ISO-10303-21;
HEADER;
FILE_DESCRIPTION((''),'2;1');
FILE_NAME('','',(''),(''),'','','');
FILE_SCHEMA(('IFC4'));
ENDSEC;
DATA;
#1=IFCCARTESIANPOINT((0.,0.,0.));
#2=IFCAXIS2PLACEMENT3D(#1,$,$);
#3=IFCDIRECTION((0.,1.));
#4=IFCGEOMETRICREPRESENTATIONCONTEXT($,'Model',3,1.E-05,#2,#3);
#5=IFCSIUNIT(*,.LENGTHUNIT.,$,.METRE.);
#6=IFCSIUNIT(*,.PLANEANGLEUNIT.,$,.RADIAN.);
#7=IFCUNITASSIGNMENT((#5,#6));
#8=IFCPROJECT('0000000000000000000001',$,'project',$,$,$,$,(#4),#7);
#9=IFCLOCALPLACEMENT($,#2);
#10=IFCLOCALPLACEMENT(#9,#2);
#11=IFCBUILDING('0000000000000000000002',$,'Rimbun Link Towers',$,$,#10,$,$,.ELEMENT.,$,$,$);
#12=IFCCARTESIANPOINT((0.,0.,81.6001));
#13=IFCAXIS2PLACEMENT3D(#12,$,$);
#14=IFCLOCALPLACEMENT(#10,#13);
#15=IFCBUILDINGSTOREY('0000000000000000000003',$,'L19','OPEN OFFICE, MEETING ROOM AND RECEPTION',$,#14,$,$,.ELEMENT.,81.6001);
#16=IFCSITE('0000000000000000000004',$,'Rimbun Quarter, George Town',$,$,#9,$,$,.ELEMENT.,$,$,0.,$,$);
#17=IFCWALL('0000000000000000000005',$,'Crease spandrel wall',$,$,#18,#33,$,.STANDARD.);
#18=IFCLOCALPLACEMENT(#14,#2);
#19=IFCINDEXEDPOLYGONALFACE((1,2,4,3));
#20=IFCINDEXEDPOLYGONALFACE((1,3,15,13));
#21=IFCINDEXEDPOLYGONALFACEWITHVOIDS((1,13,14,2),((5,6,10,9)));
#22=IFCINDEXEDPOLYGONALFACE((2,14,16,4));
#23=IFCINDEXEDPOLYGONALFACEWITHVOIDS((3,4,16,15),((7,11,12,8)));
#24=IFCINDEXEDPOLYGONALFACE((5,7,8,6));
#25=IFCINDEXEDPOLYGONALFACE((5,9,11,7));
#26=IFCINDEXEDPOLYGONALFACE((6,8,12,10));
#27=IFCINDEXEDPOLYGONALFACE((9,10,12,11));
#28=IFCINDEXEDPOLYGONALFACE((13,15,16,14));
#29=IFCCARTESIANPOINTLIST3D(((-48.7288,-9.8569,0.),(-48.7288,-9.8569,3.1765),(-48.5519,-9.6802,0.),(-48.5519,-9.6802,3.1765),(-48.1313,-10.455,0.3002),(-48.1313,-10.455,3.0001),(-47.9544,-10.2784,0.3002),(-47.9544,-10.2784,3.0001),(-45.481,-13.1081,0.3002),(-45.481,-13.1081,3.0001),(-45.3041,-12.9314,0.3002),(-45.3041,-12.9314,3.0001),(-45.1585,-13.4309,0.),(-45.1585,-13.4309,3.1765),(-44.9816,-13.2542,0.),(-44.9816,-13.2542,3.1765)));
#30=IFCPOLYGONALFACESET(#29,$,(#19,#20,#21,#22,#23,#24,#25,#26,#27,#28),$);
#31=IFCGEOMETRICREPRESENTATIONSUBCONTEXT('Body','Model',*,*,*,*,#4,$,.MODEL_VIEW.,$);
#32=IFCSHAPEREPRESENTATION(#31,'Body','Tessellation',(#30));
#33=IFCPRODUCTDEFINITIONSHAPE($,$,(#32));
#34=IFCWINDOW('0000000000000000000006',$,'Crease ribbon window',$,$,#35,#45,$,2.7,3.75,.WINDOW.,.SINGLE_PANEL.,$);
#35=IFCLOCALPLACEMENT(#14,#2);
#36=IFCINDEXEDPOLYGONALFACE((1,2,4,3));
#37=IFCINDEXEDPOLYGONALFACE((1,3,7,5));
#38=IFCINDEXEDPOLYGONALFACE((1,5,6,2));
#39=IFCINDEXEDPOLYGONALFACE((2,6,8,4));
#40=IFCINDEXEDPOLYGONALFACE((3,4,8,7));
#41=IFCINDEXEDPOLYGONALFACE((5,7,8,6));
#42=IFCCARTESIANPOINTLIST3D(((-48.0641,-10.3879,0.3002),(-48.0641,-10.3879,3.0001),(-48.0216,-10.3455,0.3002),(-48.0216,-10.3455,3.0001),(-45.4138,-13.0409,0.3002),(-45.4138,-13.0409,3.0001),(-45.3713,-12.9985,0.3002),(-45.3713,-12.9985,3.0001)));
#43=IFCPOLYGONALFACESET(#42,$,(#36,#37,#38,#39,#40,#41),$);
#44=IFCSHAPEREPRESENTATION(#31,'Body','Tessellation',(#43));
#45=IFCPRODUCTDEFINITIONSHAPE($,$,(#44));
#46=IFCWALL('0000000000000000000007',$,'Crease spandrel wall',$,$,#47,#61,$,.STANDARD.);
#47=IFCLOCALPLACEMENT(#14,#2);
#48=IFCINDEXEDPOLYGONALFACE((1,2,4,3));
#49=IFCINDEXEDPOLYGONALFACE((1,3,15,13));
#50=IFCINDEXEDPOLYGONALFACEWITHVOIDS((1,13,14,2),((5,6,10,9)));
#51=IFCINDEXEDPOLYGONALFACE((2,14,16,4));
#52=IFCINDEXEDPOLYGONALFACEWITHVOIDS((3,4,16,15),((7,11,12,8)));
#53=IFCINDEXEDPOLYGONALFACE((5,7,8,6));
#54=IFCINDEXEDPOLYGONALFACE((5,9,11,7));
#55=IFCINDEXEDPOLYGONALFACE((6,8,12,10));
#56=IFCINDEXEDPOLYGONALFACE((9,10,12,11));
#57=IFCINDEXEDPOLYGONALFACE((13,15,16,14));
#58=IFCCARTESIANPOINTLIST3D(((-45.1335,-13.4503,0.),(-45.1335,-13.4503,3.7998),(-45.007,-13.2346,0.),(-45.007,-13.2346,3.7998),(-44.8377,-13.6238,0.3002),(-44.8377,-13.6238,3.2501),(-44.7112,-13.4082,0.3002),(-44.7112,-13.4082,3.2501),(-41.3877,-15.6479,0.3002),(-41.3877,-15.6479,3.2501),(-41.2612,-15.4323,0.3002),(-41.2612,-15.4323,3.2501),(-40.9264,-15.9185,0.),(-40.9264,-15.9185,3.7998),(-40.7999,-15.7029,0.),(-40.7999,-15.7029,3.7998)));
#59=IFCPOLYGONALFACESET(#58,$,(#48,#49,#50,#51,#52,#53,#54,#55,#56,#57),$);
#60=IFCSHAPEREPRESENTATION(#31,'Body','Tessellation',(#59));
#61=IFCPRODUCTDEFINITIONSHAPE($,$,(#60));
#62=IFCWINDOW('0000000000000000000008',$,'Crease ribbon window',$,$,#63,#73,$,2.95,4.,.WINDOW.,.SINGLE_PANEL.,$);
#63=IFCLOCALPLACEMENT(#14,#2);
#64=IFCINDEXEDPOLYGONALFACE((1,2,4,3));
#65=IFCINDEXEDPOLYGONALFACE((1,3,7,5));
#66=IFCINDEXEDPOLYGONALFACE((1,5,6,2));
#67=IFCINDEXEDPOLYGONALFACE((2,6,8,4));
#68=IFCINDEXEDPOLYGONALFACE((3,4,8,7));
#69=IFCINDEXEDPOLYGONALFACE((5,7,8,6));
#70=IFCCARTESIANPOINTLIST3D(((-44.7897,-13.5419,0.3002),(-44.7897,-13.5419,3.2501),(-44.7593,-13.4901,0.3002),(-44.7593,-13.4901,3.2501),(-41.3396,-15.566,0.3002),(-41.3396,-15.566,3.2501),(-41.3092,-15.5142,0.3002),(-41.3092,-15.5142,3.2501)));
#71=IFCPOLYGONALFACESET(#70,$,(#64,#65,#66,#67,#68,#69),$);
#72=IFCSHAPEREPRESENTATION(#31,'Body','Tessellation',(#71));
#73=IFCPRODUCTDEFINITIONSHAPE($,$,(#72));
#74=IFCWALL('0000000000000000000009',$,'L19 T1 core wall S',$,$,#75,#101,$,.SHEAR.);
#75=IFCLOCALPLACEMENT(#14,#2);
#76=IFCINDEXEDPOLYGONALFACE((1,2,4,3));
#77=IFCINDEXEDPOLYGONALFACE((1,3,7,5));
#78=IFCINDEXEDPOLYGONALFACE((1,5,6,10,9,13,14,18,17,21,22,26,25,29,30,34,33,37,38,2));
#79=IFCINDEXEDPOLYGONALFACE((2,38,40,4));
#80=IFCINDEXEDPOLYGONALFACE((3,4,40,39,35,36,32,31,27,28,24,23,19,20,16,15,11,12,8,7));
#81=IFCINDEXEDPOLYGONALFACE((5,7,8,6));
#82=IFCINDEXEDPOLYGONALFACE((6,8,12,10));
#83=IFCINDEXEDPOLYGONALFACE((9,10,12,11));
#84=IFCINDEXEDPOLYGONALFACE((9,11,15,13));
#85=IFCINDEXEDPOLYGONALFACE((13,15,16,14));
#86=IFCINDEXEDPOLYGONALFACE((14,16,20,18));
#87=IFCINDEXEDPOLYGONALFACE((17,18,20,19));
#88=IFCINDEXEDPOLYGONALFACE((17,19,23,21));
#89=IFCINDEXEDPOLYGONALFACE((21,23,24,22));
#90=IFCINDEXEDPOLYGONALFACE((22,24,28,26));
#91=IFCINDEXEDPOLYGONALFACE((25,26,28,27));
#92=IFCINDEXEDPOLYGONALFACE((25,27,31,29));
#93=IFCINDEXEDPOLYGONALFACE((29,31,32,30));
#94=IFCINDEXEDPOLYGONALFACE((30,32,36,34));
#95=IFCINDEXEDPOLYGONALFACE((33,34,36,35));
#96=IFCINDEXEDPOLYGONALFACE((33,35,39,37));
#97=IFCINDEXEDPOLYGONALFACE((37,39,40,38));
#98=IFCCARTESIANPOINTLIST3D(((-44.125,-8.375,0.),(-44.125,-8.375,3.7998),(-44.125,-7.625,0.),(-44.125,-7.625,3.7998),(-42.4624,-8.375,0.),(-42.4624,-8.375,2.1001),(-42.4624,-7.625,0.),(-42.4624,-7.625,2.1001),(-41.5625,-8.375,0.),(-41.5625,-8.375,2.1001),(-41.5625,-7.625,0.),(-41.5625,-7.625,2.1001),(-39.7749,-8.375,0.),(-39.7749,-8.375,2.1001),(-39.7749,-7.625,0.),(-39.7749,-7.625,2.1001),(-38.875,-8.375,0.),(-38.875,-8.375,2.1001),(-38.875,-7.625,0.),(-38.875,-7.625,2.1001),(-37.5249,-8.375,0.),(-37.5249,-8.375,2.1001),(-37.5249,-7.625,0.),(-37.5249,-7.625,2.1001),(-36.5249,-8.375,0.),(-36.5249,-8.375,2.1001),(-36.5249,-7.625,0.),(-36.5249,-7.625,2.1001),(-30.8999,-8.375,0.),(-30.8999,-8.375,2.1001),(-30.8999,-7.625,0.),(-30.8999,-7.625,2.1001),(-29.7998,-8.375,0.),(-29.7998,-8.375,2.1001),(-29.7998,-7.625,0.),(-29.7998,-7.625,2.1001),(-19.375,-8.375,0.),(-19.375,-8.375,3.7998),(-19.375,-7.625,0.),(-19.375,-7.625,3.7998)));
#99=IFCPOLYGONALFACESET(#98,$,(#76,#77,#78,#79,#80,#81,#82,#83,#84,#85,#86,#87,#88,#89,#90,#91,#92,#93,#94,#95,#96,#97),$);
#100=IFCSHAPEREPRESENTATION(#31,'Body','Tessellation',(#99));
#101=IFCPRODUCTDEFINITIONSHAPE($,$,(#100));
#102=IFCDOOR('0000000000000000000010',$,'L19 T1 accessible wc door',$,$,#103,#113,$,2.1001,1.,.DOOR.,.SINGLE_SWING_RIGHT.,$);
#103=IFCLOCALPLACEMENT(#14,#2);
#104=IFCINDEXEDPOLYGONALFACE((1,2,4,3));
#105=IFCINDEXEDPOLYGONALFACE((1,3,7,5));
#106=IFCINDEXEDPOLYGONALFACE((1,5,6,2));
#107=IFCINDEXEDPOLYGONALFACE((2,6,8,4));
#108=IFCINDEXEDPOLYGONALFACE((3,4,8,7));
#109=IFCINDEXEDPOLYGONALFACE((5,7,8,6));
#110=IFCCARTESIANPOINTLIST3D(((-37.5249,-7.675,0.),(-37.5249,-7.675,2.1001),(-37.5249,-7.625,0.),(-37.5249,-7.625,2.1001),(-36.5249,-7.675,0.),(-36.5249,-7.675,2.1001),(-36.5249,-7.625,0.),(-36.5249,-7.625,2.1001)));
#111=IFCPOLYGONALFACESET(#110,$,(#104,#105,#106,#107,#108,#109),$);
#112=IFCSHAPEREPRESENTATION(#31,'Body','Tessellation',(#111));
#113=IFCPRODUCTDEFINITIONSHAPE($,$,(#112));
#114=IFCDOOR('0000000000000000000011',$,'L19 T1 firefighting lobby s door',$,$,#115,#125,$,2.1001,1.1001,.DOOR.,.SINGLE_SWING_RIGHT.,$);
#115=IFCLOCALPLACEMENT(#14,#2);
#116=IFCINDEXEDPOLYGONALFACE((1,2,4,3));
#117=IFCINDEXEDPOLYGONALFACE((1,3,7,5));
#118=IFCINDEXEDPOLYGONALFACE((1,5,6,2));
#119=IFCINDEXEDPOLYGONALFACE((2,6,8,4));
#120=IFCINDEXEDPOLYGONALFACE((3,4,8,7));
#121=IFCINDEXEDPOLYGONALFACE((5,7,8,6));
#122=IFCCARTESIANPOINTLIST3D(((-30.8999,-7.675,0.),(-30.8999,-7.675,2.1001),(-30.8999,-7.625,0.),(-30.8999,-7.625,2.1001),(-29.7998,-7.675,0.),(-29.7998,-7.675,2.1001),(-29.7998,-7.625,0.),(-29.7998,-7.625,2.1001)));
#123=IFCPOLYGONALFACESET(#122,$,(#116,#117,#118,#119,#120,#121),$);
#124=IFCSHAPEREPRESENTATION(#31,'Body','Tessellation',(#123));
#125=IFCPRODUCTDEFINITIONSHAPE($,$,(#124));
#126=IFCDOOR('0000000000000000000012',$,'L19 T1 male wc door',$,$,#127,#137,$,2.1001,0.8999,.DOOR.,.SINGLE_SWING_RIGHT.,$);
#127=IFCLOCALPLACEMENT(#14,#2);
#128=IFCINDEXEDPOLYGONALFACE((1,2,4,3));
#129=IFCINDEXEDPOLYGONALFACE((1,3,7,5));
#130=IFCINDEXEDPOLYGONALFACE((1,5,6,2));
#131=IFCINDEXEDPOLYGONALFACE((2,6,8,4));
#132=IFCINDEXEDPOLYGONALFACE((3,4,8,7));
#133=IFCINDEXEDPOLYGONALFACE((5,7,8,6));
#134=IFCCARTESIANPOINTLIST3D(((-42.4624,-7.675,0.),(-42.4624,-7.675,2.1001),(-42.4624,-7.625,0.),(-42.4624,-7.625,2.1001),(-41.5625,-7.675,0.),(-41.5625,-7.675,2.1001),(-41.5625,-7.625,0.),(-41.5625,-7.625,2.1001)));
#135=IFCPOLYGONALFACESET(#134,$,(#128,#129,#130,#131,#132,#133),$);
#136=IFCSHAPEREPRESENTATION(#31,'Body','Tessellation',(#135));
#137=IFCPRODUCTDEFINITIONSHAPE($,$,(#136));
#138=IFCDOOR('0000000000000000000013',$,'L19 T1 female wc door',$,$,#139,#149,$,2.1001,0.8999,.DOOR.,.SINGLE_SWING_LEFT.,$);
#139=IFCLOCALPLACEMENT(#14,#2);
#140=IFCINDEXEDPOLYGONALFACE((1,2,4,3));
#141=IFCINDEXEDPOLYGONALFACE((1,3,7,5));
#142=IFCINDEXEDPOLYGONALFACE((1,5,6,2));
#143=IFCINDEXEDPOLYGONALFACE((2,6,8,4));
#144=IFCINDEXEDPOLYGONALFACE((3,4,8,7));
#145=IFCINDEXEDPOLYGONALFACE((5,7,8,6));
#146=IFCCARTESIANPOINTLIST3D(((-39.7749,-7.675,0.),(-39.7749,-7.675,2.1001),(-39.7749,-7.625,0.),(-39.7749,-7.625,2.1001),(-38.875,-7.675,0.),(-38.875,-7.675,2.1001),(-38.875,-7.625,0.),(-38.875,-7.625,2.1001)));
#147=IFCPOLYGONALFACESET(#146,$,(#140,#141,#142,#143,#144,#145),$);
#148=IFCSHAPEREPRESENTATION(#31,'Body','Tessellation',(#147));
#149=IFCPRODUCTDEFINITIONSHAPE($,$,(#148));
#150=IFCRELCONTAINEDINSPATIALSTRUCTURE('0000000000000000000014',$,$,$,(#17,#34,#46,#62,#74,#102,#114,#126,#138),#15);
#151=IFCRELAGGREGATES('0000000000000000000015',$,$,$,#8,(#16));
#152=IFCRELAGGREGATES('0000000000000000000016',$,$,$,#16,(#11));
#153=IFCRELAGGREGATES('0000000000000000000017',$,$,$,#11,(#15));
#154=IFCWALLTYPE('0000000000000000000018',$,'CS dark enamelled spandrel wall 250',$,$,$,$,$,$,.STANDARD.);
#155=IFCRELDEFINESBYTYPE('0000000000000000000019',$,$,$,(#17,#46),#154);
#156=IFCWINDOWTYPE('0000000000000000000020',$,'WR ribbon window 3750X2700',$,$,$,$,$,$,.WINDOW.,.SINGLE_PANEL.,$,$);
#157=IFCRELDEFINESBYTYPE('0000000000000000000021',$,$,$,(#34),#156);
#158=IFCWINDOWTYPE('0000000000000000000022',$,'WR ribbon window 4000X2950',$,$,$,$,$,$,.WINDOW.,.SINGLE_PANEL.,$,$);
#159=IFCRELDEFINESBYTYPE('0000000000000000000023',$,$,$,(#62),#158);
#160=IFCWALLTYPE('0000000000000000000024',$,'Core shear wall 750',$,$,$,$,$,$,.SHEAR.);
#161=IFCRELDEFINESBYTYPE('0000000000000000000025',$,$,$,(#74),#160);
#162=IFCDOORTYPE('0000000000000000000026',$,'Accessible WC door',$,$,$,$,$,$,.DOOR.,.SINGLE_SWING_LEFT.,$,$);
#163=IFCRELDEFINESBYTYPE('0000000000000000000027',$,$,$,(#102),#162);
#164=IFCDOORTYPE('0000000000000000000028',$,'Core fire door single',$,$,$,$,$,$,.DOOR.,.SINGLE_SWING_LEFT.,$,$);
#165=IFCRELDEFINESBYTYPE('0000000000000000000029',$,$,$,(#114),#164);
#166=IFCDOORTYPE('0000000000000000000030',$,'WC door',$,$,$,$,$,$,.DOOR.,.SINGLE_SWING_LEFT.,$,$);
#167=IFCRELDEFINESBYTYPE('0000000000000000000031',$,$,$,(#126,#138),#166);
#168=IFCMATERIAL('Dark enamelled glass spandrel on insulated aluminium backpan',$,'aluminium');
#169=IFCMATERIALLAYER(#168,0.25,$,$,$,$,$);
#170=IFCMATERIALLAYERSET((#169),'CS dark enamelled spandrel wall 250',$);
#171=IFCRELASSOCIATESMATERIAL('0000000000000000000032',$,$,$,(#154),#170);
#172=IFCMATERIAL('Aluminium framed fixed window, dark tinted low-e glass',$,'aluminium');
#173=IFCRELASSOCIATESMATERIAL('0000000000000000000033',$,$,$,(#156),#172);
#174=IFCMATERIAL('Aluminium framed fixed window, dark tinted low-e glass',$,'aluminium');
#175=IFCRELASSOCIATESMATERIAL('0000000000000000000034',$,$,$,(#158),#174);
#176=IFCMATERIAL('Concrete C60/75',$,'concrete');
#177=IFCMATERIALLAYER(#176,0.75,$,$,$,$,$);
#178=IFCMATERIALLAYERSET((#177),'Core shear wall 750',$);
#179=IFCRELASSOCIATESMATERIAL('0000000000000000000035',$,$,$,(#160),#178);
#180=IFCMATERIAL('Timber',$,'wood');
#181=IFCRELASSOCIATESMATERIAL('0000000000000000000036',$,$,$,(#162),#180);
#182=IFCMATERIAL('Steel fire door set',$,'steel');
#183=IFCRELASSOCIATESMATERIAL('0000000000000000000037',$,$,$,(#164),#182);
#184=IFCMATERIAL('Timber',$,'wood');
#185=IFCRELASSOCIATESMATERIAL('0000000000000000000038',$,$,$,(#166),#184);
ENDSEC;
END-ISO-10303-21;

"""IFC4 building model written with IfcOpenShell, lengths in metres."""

from ifc_helpers import new_model, si_unit, direction, frame, frame_2d, origin, place, context, subcontext, project, spatial, rectangle, extrude, material, layer, layer_set, type_object, element, fill, save


model = new_model("IFC4")

# Units and contexts
model_context = context("Model", 3, precision=1e-05, world=origin(), true_north=direction((0.0, 1.0)))
body_context = subcontext(model_context, "Body", "Model", "MODEL_VIEW")
ifc_project = project(units=[si_unit("LENGTHUNIT", "METRE"), si_unit("PLANEANGLEUNIT", "RADIAN")], contexts=[model_context])

# Site, building, storey
site_placement = place(None, origin())
site = spatial("IfcSite", under=ifc_project, at=site_placement, Name="Rimbun Quarter, George Town", CompositionType="ELEMENT", RefElevation=0.0)
building_placement = place(site_placement, origin())
building = spatial("IfcBuilding", under=site, at=building_placement, Name="Rimbun Link Towers", CompositionType="ELEMENT")
storey_placement = place(building_placement, frame((0.0, 0.0, 81.6001)))
storey = spatial("IfcBuildingStorey", under=building, at=storey_placement, Name="L19", Description="OPEN OFFICE, MEETING ROOM AND RECEPTION", CompositionType="ELEMENT", Elevation=81.6001)

# Walls, openings, windows
ifc_material_1 = material(Name="Dark enamelled glass spandrel on insulated aluminium backpan", Category="aluminium")
ifc_layer_1 = layer(ifc_material_1, 0.25)
ifc_layer_set_1 = layer_set([ifc_layer_1], Name="CS dark enamelled spandrel wall 250")
wall_type_1 = type_object("IfcWallType", Name="CS dark enamelled spandrel wall 250", PredefinedType="STANDARD", material=ifc_layer_set_1)
wall_1_placement = place(storey_placement, frame((-45.0701, -13.3425, 0.0), z_axis=(0.0, 0.0, 1.0), x_axis=(-0.706744, 0.707469, 0.0)))
wall_1 = element("IfcWall", 1, at=wall_1_placement, inside=storey, type_object=wall_type_1, Name="Crease spandrel wall", PredefinedType="STANDARD", context=body_context, shape_type="SweptSolid", body=[
    extrude(rectangle(XDim=5.0518, YDim=0.25, at=frame_2d((2.5259, 0.0))), origin(), (0.0, 0.0, 1.0), 3.1765),
])
opening_1_placement = place(wall_1_placement, frame((0.4563, 0.0, 0.3)))
opening_1 = element("IfcOpeningElement", 2, at=opening_1_placement, cuts=wall_1, PredefinedType="OPENING", context=body_context, shape_type="SweptSolid", body=[
    extrude(rectangle(XDim=3.75, YDim=2.7, at=frame_2d((1.875, 1.3501))), frame((0.0, 0.135, 0.0), z_axis=(0.0, -1.0, 0.0), x_axis=(1.0, 0.0, 0.0)), (0.0, 0.0, 1.0), 0.27),
])
ifc_material_2 = material(Name="Aluminium framed fixed window, dark tinted low-e glass", Category="aluminium")
window_type_1 = type_object("IfcWindowType", Name="WR ribbon window 3750X2700", PartitioningType="SINGLE_PANEL", PredefinedType="WINDOW", material=ifc_material_2)
window_1_placement = place(opening_1_placement, origin())
window_1 = element("IfcWindow", 3, at=window_1_placement, inside=storey, type_object=window_type_1, Name="Crease ribbon window", OverallHeight=2.7, OverallWidth=3.75, PartitioningType="SINGLE_PANEL", PredefinedType="WINDOW", context=body_context, shape_type="SweptSolid", body=[
    extrude(rectangle(XDim=3.75, YDim=2.7, at=frame_2d((1.875, 1.3501))), frame((0.0, 0.03, 0.0), z_axis=(0.0, -1.0, 0.0), x_axis=(1.0, 0.0, 0.0)), (0.0, 0.0, 1.0), 0.0601),
])
fill(opening_1, window_1)
wall_2_placement = place(storey_placement, frame((-40.863, -15.8108, 0.0), z_axis=(0.0, 0.0, 1.0), x_axis=(-0.862513, 0.506035, 0.0)))
wall_2 = element("IfcWall", 4, at=wall_2_placement, inside=storey, type_object=wall_type_1, Name="Crease spandrel wall", PredefinedType="STANDARD", context=body_context, shape_type="SweptSolid", body=[
    extrude(rectangle(XDim=4.8777, YDim=0.25, at=frame_2d((2.439, 0.0))), origin(), (0.0, 0.0, 1.0), 3.7998),
])
opening_2_placement = place(wall_2_placement, frame((0.5349, 0.0, 0.3)))
opening_2 = element("IfcOpeningElement", 5, at=opening_2_placement, cuts=wall_2, PredefinedType="OPENING", context=body_context, shape_type="SweptSolid", body=[
    extrude(rectangle(XDim=4.0, YDim=2.95, at=frame_2d((2.0, 1.4751))), frame((0.0, 0.135, 0.0), z_axis=(0.0, -1.0, 0.0), x_axis=(1.0, 0.0, 0.0)), (0.0, 0.0, 1.0), 0.27),
])
ifc_material_3 = material(Name="Aluminium framed fixed window, dark tinted low-e glass", Category="aluminium")
window_type_2 = type_object("IfcWindowType", Name="WR ribbon window 4000X2950", PartitioningType="SINGLE_PANEL", PredefinedType="WINDOW", material=ifc_material_3)
window_2_placement = place(opening_2_placement, origin())
window_2 = element("IfcWindow", 6, at=window_2_placement, inside=storey, type_object=window_type_2, Name="Crease ribbon window", OverallHeight=2.95, OverallWidth=4.0, PartitioningType="SINGLE_PANEL", PredefinedType="WINDOW", context=body_context, shape_type="SweptSolid", body=[
    extrude(rectangle(XDim=4.0, YDim=2.95, at=frame_2d((2.0, 1.4751))), frame((0.0, 0.03, 0.0), z_axis=(0.0, -1.0, 0.0), x_axis=(1.0, 0.0, 0.0)), (0.0, 0.0, 1.0), 0.0601),
])
fill(opening_2, window_2)

# Wall, openings, doors
ifc_material_4 = material(Name="Concrete C60/75", Category="concrete")
ifc_layer_2 = layer(ifc_material_4, 0.75)
ifc_layer_set_2 = layer_set([ifc_layer_2], Name="Core shear wall 750")
wall_type_2 = type_object("IfcWallType", Name="Core shear wall 750", PredefinedType="SHEAR", material=ifc_layer_set_2)
wall_3_placement = place(storey_placement, frame((-44.125, -8.0, 0.0), z_axis=(0.0, 0.0, 1.0), x_axis=(1.0, 0.0, 0.0)))
wall_3 = element("IfcWall", 7, at=wall_3_placement, inside=storey, type_object=wall_type_2, Name="L19 T1 core wall S", PredefinedType="SHEAR", context=body_context, shape_type="SweptSolid", body=[
    extrude(rectangle(XDim=24.75, YDim=0.75, at=frame_2d((12.375, 0.0))), origin(), (0.0, 0.0, 1.0), 3.7998),
])
opening_3_placement = place(wall_3_placement, frame((13.2251, 0.0, 0.0)))
opening_3 = element("IfcOpeningElement", 8, at=opening_3_placement, cuts=wall_3, PredefinedType="OPENING", context=body_context, shape_type="SweptSolid", body=[
    extrude(rectangle(XDim=1.1001, YDim=2.1001, at=frame_2d((0.55, 1.05))), frame((0.0, 0.385, 0.0), z_axis=(0.0, -1.0, 0.0), x_axis=(1.0, 0.0, 0.0)), (0.0, 0.0, 1.0), 0.77),
])
opening_4_placement = place(wall_3_placement, frame((1.6626, 0.0, 0.0)))
opening_4 = element("IfcOpeningElement", 9, at=opening_4_placement, cuts=wall_3, PredefinedType="OPENING", context=body_context, shape_type="SweptSolid", body=[
    extrude(rectangle(XDim=0.8999, YDim=2.1001, at=frame_2d((0.45, 1.05))), frame((0.0, 0.385, 0.0), z_axis=(0.0, -1.0, 0.0), x_axis=(1.0, 0.0, 0.0)), (0.0, 0.0, 1.0), 0.77),
])
opening_5_placement = place(wall_3_placement, frame((4.3501, 0.0, 0.0)))
opening_5 = element("IfcOpeningElement", 10, at=opening_5_placement, cuts=wall_3, PredefinedType="OPENING", context=body_context, shape_type="SweptSolid", body=[
    extrude(rectangle(XDim=0.8999, YDim=2.1001, at=frame_2d((0.45, 1.05))), frame((0.0, 0.385, 0.0), z_axis=(0.0, -1.0, 0.0), x_axis=(1.0, 0.0, 0.0)), (0.0, 0.0, 1.0), 0.77),
])
opening_6_placement = place(wall_3_placement, frame((6.6001, 0.0, 0.0)))
opening_6 = element("IfcOpeningElement", 11, at=opening_6_placement, cuts=wall_3, PredefinedType="OPENING", context=body_context, shape_type="SweptSolid", body=[
    extrude(rectangle(XDim=1.0, YDim=2.1001, at=frame_2d((0.5, 1.05))), frame((0.0, 0.385, 0.0), z_axis=(0.0, -1.0, 0.0), x_axis=(1.0, 0.0, 0.0)), (0.0, 0.0, 1.0), 0.77),
])
ifc_material_5 = material(Name="Timber", Category="wood")
door_type_1 = type_object("IfcDoorType", Name="Accessible WC door", OperationType="SINGLE_SWING_LEFT", PredefinedType="DOOR", material=ifc_material_5)
door_1_placement = place(opening_6_placement, origin())
door_1 = element("IfcDoor", 12, at=door_1_placement, inside=storey, type_object=door_type_1, Name="L19 T1 accessible wc door", OperationType="SINGLE_SWING_RIGHT", OverallHeight=2.1001, OverallWidth=1.0, PredefinedType="DOOR", context=body_context, shape_type="SweptSolid", body=[
    extrude(rectangle(XDim=1.0, YDim=2.1001, at=frame_2d((0.5, 1.05))), frame((0.0, 0.375, 0.0), z_axis=(0.0, -1.0, 0.0), x_axis=(1.0, 0.0, 0.0)), (0.0, 0.0, 1.0), 0.05),
])
fill(opening_6, door_1)
ifc_material_6 = material(Name="Steel fire door set", Category="steel")
door_type_2 = type_object("IfcDoorType", Name="Core fire door single", OperationType="SINGLE_SWING_LEFT", PredefinedType="DOOR", material=ifc_material_6)
door_2_placement = place(opening_3_placement, origin())
door_2 = element("IfcDoor", 13, at=door_2_placement, inside=storey, type_object=door_type_2, Name="L19 T1 firefighting lobby s door", OperationType="SINGLE_SWING_RIGHT", OverallHeight=2.1001, OverallWidth=1.1001, PredefinedType="DOOR", context=body_context, shape_type="SweptSolid", body=[
    extrude(rectangle(XDim=1.1001, YDim=2.1001, at=frame_2d((0.55, 1.05))), frame((0.0, 0.375, 0.0), z_axis=(0.0, -1.0, 0.0), x_axis=(1.0, 0.0, 0.0)), (0.0, 0.0, 1.0), 0.05),
])
fill(opening_3, door_2)
ifc_material_7 = material(Name="Timber", Category="wood")
door_type_3 = type_object("IfcDoorType", Name="WC door", OperationType="SINGLE_SWING_LEFT", PredefinedType="DOOR", material=ifc_material_7)
door_3_placement = place(opening_4_placement, origin())
door_3 = element("IfcDoor", 14, at=door_3_placement, inside=storey, type_object=door_type_3, Name="L19 T1 male wc door", OperationType="SINGLE_SWING_RIGHT", OverallHeight=2.1001, OverallWidth=0.8999, PredefinedType="DOOR", context=body_context, shape_type="SweptSolid", body=[
    extrude(rectangle(XDim=0.8999, YDim=2.1001, at=frame_2d((0.45, 1.05))), frame((0.0, 0.375, 0.0), z_axis=(0.0, -1.0, 0.0), x_axis=(1.0, 0.0, 0.0)), (0.0, 0.0, 1.0), 0.05),
])
fill(opening_4, door_3)
door_4_placement = place(opening_5_placement, origin())
door_4 = element("IfcDoor", 15, at=door_4_placement, inside=storey, type_object=door_type_3, Name="L19 T1 female wc door", OperationType="SINGLE_SWING_LEFT", OverallHeight=2.1001, OverallWidth=0.8999, PredefinedType="DOOR", context=body_context, shape_type="SweptSolid", body=[
    extrude(rectangle(XDim=0.8999, YDim=2.1001, at=frame_2d((0.45, 1.05))), frame((0.0, 0.375, 0.0), z_axis=(0.0, -1.0, 0.0), x_axis=(1.0, 0.0, 0.0)), (0.0, 0.0, 1.0), 0.05),
])
fill(opening_5, door_4)

save(model, "model.ifc")
